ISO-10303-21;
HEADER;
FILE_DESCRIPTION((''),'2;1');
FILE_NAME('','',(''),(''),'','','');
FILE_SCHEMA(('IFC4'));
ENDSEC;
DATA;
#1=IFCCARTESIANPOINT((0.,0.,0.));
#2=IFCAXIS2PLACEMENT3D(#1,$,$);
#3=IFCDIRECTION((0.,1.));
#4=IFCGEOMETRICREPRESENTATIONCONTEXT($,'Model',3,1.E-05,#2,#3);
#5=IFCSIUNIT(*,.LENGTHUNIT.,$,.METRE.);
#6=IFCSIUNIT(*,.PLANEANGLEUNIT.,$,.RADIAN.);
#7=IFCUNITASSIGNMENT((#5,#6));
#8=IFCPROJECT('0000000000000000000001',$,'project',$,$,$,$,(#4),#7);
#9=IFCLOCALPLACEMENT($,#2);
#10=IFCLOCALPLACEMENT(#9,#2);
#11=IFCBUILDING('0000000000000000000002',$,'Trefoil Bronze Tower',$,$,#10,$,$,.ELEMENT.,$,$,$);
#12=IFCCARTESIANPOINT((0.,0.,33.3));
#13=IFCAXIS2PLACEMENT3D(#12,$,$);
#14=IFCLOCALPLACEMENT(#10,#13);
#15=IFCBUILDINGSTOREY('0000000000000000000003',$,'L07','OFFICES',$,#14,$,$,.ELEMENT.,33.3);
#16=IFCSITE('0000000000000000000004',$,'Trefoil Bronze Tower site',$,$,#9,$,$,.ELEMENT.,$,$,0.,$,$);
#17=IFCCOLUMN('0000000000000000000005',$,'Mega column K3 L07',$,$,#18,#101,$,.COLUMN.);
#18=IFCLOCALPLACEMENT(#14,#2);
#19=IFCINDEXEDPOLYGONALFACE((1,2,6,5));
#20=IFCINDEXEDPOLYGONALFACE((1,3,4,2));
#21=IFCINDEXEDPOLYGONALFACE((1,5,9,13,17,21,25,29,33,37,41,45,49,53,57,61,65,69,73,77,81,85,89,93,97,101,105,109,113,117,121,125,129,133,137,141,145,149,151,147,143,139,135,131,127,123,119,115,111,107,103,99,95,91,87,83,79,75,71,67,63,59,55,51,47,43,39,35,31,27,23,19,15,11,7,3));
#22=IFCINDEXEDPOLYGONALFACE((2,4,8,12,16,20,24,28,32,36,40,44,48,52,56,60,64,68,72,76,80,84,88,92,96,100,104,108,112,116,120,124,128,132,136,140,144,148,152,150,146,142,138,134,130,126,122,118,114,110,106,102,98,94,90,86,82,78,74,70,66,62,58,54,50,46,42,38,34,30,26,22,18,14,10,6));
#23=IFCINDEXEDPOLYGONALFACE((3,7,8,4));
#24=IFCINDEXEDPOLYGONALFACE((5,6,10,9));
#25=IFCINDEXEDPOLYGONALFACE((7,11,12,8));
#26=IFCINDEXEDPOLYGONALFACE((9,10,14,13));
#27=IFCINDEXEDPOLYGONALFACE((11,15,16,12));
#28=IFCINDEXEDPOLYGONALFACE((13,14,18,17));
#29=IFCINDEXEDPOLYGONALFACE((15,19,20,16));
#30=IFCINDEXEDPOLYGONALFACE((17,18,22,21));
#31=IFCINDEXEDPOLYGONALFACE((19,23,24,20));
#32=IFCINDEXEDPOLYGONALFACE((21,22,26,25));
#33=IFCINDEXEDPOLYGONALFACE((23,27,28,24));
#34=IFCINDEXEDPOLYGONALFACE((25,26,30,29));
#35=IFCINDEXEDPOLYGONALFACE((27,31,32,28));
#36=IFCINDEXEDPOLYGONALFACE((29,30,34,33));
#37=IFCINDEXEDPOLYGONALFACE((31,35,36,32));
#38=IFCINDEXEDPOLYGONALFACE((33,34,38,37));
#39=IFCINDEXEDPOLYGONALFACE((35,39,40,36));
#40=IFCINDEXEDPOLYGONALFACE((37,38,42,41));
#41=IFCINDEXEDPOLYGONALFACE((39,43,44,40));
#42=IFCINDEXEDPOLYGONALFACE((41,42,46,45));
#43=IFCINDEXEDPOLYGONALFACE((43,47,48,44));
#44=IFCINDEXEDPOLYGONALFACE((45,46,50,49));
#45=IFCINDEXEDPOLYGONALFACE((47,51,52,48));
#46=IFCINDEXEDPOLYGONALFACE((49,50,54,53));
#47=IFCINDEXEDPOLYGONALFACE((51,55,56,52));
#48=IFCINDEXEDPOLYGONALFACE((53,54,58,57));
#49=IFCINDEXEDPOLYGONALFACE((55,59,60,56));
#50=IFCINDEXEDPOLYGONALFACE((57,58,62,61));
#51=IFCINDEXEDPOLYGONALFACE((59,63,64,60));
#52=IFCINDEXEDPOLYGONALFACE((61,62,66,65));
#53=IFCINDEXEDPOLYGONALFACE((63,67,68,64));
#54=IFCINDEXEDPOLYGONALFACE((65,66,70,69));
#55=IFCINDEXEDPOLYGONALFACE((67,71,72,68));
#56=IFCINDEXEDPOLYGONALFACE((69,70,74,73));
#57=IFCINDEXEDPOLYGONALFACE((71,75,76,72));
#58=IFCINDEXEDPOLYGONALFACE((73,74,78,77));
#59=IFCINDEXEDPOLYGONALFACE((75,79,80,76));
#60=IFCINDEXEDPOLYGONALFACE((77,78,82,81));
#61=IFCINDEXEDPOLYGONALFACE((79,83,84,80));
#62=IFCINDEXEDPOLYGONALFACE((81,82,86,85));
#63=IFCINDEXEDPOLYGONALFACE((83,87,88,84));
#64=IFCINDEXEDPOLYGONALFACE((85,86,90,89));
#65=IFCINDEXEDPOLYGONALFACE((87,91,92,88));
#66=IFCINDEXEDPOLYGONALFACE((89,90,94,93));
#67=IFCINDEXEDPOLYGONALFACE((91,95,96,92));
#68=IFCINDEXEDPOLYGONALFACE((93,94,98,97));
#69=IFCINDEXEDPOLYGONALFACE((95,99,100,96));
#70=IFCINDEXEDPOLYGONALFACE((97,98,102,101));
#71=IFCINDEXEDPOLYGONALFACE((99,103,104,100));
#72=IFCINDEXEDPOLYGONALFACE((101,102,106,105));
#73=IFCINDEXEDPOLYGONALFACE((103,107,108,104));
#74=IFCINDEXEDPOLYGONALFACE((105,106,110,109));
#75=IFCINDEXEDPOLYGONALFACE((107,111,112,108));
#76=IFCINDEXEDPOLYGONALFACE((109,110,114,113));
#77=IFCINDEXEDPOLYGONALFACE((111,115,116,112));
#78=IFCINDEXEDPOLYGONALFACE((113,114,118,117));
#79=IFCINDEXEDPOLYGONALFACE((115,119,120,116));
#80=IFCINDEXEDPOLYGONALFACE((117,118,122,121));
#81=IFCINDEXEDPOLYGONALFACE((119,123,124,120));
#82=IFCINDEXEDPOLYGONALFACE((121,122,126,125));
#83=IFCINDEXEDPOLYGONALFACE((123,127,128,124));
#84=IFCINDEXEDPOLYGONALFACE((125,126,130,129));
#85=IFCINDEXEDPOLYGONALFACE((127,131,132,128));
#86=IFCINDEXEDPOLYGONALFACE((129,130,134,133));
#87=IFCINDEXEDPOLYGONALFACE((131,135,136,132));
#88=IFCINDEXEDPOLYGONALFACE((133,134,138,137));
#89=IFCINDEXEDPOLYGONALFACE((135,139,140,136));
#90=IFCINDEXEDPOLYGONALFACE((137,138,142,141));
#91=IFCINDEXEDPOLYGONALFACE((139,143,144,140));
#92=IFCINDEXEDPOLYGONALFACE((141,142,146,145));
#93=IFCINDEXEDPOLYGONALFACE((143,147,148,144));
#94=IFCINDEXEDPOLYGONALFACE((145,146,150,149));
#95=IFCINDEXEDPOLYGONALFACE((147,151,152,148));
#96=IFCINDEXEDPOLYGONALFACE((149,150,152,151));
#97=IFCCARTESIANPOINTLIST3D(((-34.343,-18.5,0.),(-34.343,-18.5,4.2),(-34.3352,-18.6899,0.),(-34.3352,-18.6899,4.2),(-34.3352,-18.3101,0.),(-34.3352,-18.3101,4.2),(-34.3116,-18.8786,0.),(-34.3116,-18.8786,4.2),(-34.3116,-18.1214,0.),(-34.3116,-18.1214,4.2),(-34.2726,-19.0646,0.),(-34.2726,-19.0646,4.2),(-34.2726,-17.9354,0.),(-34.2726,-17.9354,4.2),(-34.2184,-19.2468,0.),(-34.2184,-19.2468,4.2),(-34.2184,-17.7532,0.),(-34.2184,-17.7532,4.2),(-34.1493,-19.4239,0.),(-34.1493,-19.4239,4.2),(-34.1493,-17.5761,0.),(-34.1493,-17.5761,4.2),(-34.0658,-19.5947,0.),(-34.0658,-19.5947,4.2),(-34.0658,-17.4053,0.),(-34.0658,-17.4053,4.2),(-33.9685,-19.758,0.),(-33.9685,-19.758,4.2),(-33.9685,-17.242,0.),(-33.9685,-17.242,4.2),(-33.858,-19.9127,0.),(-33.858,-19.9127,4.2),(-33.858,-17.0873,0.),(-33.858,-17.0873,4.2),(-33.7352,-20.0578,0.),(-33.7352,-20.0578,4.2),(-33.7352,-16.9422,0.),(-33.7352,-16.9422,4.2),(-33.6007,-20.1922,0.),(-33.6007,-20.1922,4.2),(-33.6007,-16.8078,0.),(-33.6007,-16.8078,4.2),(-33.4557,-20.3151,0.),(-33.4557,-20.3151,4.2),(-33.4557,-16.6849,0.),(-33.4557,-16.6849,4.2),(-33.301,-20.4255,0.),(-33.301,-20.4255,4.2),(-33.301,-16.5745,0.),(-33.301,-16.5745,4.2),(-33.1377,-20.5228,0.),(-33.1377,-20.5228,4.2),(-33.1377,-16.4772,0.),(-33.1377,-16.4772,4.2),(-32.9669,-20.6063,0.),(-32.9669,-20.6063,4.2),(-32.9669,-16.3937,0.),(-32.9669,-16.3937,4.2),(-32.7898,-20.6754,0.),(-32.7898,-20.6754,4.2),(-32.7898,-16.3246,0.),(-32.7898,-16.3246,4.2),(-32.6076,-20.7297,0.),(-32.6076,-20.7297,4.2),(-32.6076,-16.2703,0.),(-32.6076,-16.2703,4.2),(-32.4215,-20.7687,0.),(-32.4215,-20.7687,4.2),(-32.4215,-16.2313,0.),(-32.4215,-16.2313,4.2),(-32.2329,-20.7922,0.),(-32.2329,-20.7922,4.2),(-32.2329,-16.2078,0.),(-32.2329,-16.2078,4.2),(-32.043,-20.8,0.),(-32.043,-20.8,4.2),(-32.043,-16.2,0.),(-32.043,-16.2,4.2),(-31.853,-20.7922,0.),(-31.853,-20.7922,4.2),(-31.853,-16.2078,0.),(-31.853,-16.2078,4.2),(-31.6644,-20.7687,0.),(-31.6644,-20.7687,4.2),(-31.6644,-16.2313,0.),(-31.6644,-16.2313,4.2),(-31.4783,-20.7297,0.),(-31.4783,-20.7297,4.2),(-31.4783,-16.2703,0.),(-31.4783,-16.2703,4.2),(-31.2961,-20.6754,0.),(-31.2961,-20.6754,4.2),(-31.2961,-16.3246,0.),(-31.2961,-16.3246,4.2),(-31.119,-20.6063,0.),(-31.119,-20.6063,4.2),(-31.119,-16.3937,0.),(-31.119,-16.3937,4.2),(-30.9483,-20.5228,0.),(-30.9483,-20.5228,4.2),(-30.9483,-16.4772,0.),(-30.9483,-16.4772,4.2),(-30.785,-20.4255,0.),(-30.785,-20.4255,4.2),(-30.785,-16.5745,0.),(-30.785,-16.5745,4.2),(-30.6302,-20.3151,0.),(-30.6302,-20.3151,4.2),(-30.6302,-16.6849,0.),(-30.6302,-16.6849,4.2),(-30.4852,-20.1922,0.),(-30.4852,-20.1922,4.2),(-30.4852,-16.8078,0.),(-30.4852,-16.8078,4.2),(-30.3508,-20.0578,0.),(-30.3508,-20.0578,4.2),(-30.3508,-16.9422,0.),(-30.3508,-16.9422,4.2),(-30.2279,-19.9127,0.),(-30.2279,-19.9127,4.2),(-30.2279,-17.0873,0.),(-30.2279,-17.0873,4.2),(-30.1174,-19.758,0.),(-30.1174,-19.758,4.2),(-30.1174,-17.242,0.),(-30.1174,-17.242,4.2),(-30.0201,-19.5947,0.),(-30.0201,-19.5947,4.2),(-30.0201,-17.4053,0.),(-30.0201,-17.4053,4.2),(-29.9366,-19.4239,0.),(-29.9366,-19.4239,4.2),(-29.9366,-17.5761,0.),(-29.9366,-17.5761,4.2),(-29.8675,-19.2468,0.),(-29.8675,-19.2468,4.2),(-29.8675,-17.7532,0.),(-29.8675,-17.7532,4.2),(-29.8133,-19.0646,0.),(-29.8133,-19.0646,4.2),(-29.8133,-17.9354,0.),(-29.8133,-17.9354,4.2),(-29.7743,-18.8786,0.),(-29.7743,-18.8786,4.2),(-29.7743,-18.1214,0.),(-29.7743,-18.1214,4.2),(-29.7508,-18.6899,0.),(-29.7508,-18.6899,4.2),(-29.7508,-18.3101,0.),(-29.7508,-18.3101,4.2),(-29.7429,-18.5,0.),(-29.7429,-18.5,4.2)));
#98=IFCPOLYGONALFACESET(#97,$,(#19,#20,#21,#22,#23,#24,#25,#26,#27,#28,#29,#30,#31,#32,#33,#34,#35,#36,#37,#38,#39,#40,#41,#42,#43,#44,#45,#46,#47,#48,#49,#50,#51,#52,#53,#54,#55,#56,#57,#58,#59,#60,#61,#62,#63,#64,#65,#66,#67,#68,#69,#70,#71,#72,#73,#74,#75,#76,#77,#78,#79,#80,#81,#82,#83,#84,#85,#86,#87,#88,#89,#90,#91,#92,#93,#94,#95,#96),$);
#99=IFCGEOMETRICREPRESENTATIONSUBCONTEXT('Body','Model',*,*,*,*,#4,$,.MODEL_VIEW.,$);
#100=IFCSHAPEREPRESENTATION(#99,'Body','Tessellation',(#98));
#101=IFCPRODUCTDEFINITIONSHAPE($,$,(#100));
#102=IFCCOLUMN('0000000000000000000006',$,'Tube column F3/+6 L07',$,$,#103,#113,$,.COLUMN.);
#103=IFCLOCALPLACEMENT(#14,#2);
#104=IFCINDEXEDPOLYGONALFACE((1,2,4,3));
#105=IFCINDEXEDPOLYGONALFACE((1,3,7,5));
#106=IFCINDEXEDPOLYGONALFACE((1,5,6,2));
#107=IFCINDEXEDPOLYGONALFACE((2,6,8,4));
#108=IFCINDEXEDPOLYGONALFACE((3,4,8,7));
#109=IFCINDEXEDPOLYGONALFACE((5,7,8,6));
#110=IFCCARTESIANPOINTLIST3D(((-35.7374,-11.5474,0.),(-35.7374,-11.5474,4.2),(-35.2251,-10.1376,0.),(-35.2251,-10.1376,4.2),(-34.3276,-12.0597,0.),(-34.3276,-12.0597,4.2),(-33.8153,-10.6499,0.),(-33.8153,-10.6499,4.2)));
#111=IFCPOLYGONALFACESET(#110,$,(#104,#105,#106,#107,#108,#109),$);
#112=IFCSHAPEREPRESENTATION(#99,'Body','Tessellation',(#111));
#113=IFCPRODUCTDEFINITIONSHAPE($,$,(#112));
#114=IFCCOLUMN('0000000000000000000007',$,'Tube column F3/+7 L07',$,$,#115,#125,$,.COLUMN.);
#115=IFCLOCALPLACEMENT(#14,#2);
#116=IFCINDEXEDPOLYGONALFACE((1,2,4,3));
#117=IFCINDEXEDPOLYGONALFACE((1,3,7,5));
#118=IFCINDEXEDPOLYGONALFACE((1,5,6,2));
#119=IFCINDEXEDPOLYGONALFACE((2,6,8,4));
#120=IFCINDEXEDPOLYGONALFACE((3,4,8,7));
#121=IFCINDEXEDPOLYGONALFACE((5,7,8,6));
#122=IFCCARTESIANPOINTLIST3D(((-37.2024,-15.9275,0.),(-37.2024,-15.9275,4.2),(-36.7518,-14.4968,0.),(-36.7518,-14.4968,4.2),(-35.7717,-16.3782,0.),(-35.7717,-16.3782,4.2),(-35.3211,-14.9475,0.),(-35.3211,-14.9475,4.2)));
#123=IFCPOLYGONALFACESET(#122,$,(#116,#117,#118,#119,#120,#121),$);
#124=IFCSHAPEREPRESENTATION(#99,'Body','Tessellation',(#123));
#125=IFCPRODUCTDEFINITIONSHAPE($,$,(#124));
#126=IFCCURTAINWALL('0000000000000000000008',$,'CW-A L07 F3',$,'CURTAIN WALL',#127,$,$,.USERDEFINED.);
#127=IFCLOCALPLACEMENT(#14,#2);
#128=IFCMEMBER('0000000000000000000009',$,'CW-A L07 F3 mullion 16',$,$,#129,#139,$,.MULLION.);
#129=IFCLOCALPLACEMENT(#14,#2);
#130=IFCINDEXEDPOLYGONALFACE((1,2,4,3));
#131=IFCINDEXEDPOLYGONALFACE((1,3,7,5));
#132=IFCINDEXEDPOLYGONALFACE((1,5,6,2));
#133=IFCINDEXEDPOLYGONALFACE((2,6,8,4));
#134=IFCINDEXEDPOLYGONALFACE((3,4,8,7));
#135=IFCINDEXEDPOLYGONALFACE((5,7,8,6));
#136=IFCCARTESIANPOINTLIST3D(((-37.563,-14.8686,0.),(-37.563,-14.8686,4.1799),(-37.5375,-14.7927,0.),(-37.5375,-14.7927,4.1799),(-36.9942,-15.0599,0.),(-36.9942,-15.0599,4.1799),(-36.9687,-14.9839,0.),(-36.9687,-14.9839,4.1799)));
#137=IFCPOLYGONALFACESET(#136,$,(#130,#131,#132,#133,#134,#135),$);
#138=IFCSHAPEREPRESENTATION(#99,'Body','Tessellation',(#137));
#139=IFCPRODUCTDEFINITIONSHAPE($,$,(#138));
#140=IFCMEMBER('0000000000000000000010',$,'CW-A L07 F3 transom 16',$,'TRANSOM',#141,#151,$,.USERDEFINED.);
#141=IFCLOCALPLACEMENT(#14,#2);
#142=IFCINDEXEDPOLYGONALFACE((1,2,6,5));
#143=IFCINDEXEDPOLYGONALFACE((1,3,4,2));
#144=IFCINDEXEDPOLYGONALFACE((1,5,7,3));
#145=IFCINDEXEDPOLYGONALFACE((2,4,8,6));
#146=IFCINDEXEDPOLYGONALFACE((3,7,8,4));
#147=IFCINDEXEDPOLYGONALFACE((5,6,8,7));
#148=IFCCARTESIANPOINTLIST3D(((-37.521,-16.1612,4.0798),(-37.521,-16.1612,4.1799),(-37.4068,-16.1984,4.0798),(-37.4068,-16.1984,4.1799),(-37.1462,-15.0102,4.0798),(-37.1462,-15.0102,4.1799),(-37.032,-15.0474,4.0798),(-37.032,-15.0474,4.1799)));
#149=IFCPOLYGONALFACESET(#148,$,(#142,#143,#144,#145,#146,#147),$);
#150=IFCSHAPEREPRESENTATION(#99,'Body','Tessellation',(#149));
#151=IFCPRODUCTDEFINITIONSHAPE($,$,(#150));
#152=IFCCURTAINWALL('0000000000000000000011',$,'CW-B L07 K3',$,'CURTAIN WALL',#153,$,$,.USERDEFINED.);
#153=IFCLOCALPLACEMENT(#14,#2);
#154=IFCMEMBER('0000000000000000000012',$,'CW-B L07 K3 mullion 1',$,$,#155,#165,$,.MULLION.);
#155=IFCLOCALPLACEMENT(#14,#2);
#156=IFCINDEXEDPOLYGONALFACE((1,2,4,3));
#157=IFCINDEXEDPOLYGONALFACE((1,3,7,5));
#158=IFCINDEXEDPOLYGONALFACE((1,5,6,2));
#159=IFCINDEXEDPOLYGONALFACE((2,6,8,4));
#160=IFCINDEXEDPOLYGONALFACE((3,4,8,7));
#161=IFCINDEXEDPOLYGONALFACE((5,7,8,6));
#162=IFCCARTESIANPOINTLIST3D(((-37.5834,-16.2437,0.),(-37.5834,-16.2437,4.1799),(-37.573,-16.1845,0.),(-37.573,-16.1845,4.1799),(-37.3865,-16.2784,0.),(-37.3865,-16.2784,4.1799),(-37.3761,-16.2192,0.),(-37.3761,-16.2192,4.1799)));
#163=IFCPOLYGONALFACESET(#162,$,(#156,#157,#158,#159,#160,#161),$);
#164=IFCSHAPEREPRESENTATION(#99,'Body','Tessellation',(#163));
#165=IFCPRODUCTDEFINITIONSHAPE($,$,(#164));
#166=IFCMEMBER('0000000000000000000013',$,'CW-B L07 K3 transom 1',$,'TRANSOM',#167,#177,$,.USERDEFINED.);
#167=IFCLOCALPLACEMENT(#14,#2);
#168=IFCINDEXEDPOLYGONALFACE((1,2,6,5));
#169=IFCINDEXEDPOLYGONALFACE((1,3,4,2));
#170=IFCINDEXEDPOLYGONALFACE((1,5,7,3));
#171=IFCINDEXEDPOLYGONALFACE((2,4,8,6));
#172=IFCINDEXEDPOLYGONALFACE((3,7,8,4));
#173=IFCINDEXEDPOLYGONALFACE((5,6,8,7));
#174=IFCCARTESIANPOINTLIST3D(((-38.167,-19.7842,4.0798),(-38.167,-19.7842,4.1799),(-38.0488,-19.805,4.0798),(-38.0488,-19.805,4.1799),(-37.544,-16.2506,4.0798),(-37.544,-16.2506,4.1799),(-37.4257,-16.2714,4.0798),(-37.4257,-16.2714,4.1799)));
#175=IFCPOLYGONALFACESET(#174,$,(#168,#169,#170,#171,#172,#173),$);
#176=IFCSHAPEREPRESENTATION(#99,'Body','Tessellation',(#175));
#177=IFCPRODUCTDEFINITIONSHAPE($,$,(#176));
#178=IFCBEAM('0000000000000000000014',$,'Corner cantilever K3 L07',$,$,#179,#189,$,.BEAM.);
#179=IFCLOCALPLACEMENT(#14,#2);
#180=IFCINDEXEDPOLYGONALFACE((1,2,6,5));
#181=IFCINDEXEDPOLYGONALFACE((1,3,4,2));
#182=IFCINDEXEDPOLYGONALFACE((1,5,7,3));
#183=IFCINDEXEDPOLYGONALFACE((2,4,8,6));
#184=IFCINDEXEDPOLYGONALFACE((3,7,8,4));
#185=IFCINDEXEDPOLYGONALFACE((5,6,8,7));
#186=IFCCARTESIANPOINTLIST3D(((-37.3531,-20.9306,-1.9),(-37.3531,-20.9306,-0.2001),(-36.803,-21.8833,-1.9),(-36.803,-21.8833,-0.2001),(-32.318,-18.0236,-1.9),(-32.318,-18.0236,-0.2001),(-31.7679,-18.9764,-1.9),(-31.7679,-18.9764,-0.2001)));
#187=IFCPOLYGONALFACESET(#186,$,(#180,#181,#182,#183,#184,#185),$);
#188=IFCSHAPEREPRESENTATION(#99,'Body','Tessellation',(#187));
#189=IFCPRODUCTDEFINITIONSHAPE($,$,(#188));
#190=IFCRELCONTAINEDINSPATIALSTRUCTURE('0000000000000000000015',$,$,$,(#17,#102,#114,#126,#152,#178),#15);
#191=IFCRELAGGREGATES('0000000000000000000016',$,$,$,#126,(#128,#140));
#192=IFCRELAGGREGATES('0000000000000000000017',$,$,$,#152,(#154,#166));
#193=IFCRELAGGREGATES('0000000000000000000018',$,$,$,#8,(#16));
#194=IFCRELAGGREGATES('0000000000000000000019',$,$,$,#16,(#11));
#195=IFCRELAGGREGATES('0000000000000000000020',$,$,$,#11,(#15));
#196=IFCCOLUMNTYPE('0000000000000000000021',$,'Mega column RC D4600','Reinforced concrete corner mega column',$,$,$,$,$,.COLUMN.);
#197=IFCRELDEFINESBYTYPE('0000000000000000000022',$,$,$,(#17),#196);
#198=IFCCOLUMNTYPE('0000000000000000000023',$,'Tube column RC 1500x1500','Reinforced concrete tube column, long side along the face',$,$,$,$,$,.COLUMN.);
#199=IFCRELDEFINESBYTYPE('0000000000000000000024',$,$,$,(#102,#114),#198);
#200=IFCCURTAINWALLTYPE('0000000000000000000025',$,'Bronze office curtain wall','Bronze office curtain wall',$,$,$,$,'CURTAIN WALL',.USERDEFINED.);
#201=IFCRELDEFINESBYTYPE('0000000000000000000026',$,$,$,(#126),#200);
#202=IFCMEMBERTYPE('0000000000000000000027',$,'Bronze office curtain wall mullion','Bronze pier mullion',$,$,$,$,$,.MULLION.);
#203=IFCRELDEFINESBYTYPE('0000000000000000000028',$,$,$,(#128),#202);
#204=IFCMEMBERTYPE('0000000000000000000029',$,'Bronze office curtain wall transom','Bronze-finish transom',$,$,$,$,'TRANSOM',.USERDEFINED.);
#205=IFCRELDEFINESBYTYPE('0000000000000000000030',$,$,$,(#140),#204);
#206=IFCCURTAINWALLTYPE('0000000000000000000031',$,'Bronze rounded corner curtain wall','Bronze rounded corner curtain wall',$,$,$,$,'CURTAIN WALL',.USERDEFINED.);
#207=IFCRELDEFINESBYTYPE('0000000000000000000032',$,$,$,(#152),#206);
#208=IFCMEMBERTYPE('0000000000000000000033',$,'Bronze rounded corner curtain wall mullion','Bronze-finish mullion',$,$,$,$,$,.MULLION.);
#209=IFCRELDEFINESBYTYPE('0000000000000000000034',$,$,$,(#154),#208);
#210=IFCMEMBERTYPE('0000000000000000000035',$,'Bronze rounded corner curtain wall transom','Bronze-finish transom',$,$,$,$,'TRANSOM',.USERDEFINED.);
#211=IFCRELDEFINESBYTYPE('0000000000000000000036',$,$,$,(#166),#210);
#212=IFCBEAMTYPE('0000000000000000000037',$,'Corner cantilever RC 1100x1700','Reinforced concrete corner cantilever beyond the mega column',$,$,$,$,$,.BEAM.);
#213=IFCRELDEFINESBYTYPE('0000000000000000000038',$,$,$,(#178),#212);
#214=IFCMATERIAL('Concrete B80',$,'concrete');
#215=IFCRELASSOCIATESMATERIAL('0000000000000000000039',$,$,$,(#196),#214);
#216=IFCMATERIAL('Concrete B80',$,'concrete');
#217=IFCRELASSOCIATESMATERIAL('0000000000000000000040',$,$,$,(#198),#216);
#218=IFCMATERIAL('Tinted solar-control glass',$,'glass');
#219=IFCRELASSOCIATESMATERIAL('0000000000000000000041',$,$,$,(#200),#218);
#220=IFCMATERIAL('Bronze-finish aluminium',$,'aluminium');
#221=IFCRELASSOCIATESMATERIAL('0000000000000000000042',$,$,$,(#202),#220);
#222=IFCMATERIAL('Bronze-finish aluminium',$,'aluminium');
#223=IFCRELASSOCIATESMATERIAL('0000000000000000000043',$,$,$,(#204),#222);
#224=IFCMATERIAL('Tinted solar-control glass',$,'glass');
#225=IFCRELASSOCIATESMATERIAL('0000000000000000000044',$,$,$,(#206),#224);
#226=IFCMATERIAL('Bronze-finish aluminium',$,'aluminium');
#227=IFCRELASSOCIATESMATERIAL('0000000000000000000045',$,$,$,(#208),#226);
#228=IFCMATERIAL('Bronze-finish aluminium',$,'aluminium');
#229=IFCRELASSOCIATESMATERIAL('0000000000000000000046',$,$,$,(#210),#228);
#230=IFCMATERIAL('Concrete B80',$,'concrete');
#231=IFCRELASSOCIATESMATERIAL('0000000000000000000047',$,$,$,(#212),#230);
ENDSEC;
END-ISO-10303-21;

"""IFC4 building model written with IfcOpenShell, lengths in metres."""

from ifc_helpers import new_model, si_unit, direction, frame, origin, origin_2d, place, context, subcontext, project, spatial, rectangle, circle, extrude, material, material_profile, profile_set, type_object, element, aggregate, save


model = new_model("IFC4")

# Units and contexts
model_context = context("Model", 3, precision=1e-05, world=origin(), true_north=direction((0.0, 1.0)))
body_context = subcontext(model_context, "Body", "Model", "MODEL_VIEW")
ifc_project = project(units=[si_unit("LENGTHUNIT", "METRE"), si_unit("PLANEANGLEUNIT", "RADIAN")], contexts=[model_context])

# Site, building, storey
site_placement = place(None, origin())
site = spatial("IfcSite", under=ifc_project, at=site_placement, Name="Trefoil Bronze Tower site", CompositionType="ELEMENT", RefElevation=0.0)
building_placement = place(site_placement, origin())
building = spatial("IfcBuilding", under=site, at=building_placement, Name="Trefoil Bronze Tower", CompositionType="ELEMENT")
storey_placement = place(building_placement, frame((0.0, 0.0, 33.3)))
storey = spatial("IfcBuildingStorey", under=building, at=storey_placement, Name="L07", Description="OFFICES", CompositionType="ELEMENT", Elevation=33.3)

# Columns
ifc_material_1 = material(Name="Concrete B80", Category="concrete")
ifc_material_profile_1 = material_profile(ifc_material_1, circle(Radius=2.3, at=origin_2d()), Name="RC D4600")
ifc_profile_set_1 = profile_set([ifc_material_profile_1], Name="Concrete B80")
column_type_1 = type_object("IfcColumnType", Name="Mega column RC D4600", Description="Reinforced concrete corner mega column", PredefinedType="COLUMN", material=ifc_profile_set_1)
column_placement = place(storey_placement, frame((-32.043, -18.5, 0.0), z_axis=(0.0, 0.0, 1.0), x_axis=(1.0, 0.0, 0.0)))
element("IfcColumn", 1, at=column_placement, inside=storey, type_object=column_type_1, Name="Mega column K3 L07", PredefinedType="COLUMN", context=body_context, shape_type="SweptSolid", body=[
    extrude(circle(Radius=2.3, at=origin_2d()), origin(), (0.0, 0.0, 1.0), 4.2),
])
ifc_material_2 = material(Name="Concrete B80", Category="concrete")
ifc_material_profile_2 = material_profile(ifc_material_2, rectangle(XDim=1.5, YDim=1.5, at=origin_2d()), Name="RC 1500x1500")
ifc_profile_set_2 = profile_set([ifc_material_profile_2], Name="Concrete B80")
column_type_2 = type_object("IfcColumnType", Name="Tube column RC 1500x1500", Description="Reinforced concrete tube column, long side along the face", PredefinedType="COLUMN", material=ifc_profile_set_2)
for number, where, z_axis, x_axis, name in (
    (2, (-34.7764, -11.0986, 0.0), (0.0, 0.0, 1.0), (-0.341559, -0.93986, 0.0), "Tube column F3/+6 L07"),
    (3, (-36.2617, -15.4375, 0.0), (0.0, 0.0, 1.0), (-0.300414, -0.953809, 0.0), "Tube column F3/+7 L07"),
):
    element("IfcColumn", number, at=place(storey_placement, frame(where, z_axis=z_axis, x_axis=x_axis)), inside=storey, type_object=column_type_2, Name=name, PredefinedType="COLUMN", context=body_context, shape_type="SweptSolid", body=[
        extrude(rectangle(XDim=1.5, YDim=1.5, at=origin_2d()), origin(), (0.0, 0.0, 1.0), 4.2),
    ])

# Curtain walls, members
ifc_material_3 = material(Name="Tinted solar-control glass", Category="glass")
curtain_wall_type_1 = type_object("IfcCurtainWallType", Name="Bronze office curtain wall", Description="Bronze office curtain wall", ElementType="CURTAIN WALL", PredefinedType="USERDEFINED", material=ifc_material_3)
curtain_wall_1_placement = place(storey_placement, origin())
curtain_wall_1 = element("IfcCurtainWall", 4, at=curtain_wall_1_placement, inside=storey, type_object=curtain_wall_type_1, Name="CW-A L07 F3", ObjectType="CURTAIN WALL", PredefinedType="USERDEFINED")
ifc_material_4 = material(Name="Bronze-finish aluminium", Category="aluminium")
ifc_material_profile_3 = material_profile(ifc_material_4, rectangle(XDim=0.6001, YDim=0.0801, at=origin_2d()), Name="CW-A mullion")
ifc_profile_set_3 = profile_set([ifc_material_profile_3], Name="Bronze-finish aluminium")
member_type_1 = type_object("IfcMemberType", Name="Bronze office curtain wall mullion", Description="Bronze pier mullion", PredefinedType="MULLION", material=ifc_profile_set_3)
member_1_placement = place(storey_placement, frame((-37.2659, -14.9263, 0.0), z_axis=(0.0, 0.0, 1.0), x_axis=(0.947851, -0.318715, 0.0)))
member_1 = element("IfcMember", 5, at=member_1_placement, type_object=member_type_1, Name="CW-A L07 F3 mullion 16", PredefinedType="MULLION", context=body_context, shape_type="SweptSolid", body=[
    extrude(rectangle(XDim=0.6001, YDim=0.0801, at=origin_2d()), origin(), (0.0, 0.0, 1.0), 4.1799),
])
ifc_material_5 = material(Name="Bronze-finish aluminium", Category="aluminium")
ifc_material_profile_4 = material_profile(ifc_material_5, rectangle(XDim=0.1201, YDim=0.1001, at=origin_2d()), Name="CW-A transom")
ifc_profile_set_4 = profile_set([ifc_material_profile_4], Name="Bronze-finish aluminium")
member_type_2 = type_object("IfcMemberType", Name="Bronze office curtain wall transom", Description="Bronze-finish transom", ElementType="TRANSOM", PredefinedType="USERDEFINED", material=ifc_profile_set_4)
member_2_placement = place(storey_placement, frame((-37.0891, -15.0288, 4.1299), z_axis=(-0.309624, -0.950859, 0.0), x_axis=(0.950859, -0.309624, 0.0)))
member_2 = element("IfcMember", 6, at=member_2_placement, type_object=member_type_2, Name="CW-A L07 F3 transom 16", ObjectType="TRANSOM", PredefinedType="USERDEFINED", context=body_context, shape_type="SweptSolid", body=[
    extrude(rectangle(XDim=0.1201, YDim=0.1001, at=origin_2d()), origin(), (0.0, 0.0, 1.0), 1.2104),
])
ifc_material_6 = material(Name="Tinted solar-control glass", Category="glass")
curtain_wall_type_2 = type_object("IfcCurtainWallType", Name="Bronze rounded corner curtain wall", Description="Bronze rounded corner curtain wall", ElementType="CURTAIN WALL", PredefinedType="USERDEFINED", material=ifc_material_6)
curtain_wall_2_placement = place(storey_placement, origin())
curtain_wall_2 = element("IfcCurtainWall", 7, at=curtain_wall_2_placement, inside=storey, type_object=curtain_wall_type_2, Name="CW-B L07 K3", ObjectType="CURTAIN WALL", PredefinedType="USERDEFINED")
ifc_material_7 = material(Name="Bronze-finish aluminium", Category="aluminium")
ifc_material_profile_5 = material_profile(ifc_material_7, rectangle(XDim=0.2, YDim=0.0601, at=origin_2d()), Name="CW-B mullion")
ifc_profile_set_5 = profile_set([ifc_material_profile_5], Name="Bronze-finish aluminium")
member_type_3 = type_object("IfcMemberType", Name="Bronze rounded corner curtain wall mullion", Description="Bronze-finish mullion", PredefinedType="MULLION", material=ifc_profile_set_5)
member_3_placement = place(storey_placement, frame((-37.4797, -16.2314, 0.0), z_axis=(0.0, 0.0, 1.0), x_axis=(0.984808, -0.173648, 0.0)))
member_3 = element("IfcMember", 8, at=member_3_placement, type_object=member_type_3, Name="CW-B L07 K3 mullion 1", PredefinedType="MULLION", context=body_context, shape_type="SweptSolid", body=[
    extrude(rectangle(XDim=0.2, YDim=0.0601, at=origin_2d()), origin(), (0.0, 0.0, 1.0), 4.1799),
])
ifc_material_8 = material(Name="Bronze-finish aluminium", Category="aluminium")
ifc_material_profile_6 = material_profile(ifc_material_8, rectangle(XDim=0.1201, YDim=0.1001, at=origin_2d()), Name="CW-B transom")
ifc_profile_set_6 = profile_set([ifc_material_profile_6], Name="Bronze-finish aluminium")
member_type_4 = type_object("IfcMemberType", Name="Bronze rounded corner curtain wall transom", Description="Bronze-finish transom", ElementType="TRANSOM", PredefinedType="USERDEFINED", material=ifc_profile_set_6)
member_4_placement = place(storey_placement, frame((-37.4849, -16.261, 4.1299), z_axis=(-0.173638, -0.98481, 0.0), x_axis=(0.98481, -0.173638, 0.0)))
member_4 = element("IfcMember", 9, at=member_4_placement, type_object=member_type_4, Name="CW-B L07 K3 transom 1", ObjectType="TRANSOM", PredefinedType="USERDEFINED", context=body_context, shape_type="SweptSolid", body=[
    extrude(rectangle(XDim=0.1201, YDim=0.1001, at=origin_2d()), origin(), (0.0, 0.0, 1.0), 3.5881),
])

# Beam
ifc_material_9 = material(Name="Concrete B80", Category="concrete")
ifc_material_profile_7 = material_profile(ifc_material_9, rectangle(XDim=1.1001, YDim=1.7, at=origin_2d()), Name="RC 1100x1700")
ifc_profile_set_7 = profile_set([ifc_material_profile_7], Name="Concrete B80")
beam_type_1 = type_object("IfcBeamType", Name="Corner cantilever RC 1100x1700", Description="Reinforced concrete corner cantilever beyond the mega column", PredefinedType="BEAM", material=ifc_profile_set_7)
beam_1_placement = place(storey_placement, frame((-32.043, -18.5, -1.05), z_axis=(-0.86603, -0.499991, 0.0), x_axis=(0.499991, -0.86603, 0.0)))
element("IfcBeam", 10, at=beam_1_placement, inside=storey, type_object=beam_type_1, Name="Corner cantilever K3 L07", PredefinedType="BEAM", context=body_context, shape_type="SweptSolid", body=[
    extrude(rectangle(XDim=1.1001, YDim=1.7, at=origin_2d()), origin(), (0.0, 0.0, 1.0), 5.814),
])

aggregate(curtain_wall_1, [member_1, member_2])
aggregate(curtain_wall_2, [member_3, member_4])

save(model, "model.ifc")
